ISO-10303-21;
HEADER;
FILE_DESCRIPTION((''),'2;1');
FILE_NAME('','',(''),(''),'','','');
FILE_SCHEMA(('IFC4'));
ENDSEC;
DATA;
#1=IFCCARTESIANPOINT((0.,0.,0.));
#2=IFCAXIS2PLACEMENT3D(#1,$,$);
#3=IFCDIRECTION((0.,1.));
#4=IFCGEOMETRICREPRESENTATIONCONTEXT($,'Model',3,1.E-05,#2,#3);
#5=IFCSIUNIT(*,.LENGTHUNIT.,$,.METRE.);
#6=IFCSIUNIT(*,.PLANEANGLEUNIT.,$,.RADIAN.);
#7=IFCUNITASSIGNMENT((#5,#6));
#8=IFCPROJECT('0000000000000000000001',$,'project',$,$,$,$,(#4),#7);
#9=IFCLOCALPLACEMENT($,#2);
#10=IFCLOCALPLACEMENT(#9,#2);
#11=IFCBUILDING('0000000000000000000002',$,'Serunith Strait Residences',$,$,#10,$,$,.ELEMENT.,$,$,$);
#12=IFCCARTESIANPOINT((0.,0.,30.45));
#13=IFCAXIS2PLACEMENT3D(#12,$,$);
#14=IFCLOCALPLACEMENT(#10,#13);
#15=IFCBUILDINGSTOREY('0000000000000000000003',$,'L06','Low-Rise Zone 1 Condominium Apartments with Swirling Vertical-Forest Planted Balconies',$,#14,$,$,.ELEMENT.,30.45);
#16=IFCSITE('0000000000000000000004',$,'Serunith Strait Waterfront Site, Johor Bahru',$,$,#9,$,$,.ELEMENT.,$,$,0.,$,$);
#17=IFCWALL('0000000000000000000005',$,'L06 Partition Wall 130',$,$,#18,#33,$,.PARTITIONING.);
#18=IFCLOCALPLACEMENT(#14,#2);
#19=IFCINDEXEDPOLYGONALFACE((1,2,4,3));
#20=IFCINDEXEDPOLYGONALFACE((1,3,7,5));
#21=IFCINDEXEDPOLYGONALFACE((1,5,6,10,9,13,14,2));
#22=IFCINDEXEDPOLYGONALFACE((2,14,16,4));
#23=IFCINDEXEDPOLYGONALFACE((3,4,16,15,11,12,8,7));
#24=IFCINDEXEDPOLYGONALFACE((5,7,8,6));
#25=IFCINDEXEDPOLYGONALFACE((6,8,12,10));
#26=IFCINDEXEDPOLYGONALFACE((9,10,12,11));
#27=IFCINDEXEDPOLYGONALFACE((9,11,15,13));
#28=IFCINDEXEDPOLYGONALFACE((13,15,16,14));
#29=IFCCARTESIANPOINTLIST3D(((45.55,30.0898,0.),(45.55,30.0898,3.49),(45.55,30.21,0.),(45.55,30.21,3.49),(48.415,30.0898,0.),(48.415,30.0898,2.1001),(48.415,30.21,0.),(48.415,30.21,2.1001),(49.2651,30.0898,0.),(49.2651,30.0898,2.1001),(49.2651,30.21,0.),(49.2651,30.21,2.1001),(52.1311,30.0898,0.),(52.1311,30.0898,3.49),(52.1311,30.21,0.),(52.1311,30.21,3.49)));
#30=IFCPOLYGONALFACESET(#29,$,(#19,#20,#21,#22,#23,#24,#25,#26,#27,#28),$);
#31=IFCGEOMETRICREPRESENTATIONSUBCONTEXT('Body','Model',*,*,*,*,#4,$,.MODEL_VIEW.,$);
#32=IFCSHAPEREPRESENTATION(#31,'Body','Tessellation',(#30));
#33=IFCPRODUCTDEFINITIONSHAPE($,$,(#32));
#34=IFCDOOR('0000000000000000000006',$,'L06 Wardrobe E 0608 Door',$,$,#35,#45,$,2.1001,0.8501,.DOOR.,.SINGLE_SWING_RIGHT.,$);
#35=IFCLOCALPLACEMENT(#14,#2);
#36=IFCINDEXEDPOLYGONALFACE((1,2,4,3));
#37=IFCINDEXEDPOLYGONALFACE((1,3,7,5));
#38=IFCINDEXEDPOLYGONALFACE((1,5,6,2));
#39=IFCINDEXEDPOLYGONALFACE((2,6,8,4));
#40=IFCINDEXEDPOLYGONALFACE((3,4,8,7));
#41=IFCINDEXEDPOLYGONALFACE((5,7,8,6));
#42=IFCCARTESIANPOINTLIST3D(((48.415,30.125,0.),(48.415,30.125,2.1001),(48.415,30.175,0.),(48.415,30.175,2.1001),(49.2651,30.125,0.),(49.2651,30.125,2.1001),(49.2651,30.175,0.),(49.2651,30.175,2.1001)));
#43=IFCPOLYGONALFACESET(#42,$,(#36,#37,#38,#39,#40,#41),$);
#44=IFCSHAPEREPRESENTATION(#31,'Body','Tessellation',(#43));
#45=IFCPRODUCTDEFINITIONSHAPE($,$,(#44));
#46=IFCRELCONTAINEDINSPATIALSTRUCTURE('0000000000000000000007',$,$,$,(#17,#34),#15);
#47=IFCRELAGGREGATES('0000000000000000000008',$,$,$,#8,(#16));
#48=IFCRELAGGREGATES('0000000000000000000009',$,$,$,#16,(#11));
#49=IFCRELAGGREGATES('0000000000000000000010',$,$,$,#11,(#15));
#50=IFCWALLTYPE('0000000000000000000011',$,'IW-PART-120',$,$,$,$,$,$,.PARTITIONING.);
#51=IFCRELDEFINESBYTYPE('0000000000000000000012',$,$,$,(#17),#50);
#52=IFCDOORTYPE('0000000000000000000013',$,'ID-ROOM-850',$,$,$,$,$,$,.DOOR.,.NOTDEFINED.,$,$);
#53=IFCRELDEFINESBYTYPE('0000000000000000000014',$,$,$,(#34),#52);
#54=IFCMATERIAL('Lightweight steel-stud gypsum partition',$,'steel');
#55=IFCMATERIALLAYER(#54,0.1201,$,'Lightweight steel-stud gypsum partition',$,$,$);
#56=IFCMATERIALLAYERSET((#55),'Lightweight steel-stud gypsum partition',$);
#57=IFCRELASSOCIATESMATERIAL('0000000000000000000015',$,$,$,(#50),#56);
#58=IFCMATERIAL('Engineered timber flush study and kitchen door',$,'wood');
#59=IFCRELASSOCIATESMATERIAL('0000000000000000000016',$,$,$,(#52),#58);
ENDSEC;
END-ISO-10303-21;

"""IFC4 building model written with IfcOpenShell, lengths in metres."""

from ifc_helpers import new_model, si_unit, direction, frame, frame_2d, origin, place, context, subcontext, project, spatial, rectangle, extrude, source, transform, mapped, material, layer, layer_set, type_object, element, fill, save


model = new_model("IFC4")

# Units and contexts
model_context = context("Model", 3, precision=1e-05, world=origin(), true_north=direction((0.0, 1.0)))
body_context = subcontext(model_context, "Body", "Model", "MODEL_VIEW")
ifc_project = project(units=[si_unit("LENGTHUNIT", "METRE"), si_unit("PLANEANGLEUNIT", "RADIAN")], contexts=[model_context])

# Site, building, storey
site_placement = place(None, origin())
site = spatial("IfcSite", under=ifc_project, at=site_placement, Name="Serunith Strait Waterfront Site, Johor Bahru", CompositionType="ELEMENT", RefElevation=0.0)
building_placement = place(site_placement, origin())
building = spatial("IfcBuilding", under=site, at=building_placement, Name="Serunith Strait Residences", CompositionType="ELEMENT")
storey_placement = place(building_placement, frame((0.0, 0.0, 30.45)))
storey = spatial("IfcBuildingStorey", under=building, at=storey_placement, Name="L06", Description="Low-Rise Zone 1 Condominium Apartments with Swirling Vertical-Forest Planted Balconies", CompositionType="ELEMENT", Elevation=30.45)

# Shared definitions
ifc_material_1 = material(Name="Lightweight steel-stud gypsum partition", Category="steel")
ifc_layer = layer(ifc_material_1, 0.1201, Name="Lightweight steel-stud gypsum partition")
ifc_layer_set = layer_set([ifc_layer], Name="Lightweight steel-stud gypsum partition")
wall_type = type_object("IfcWallType", Name="IW-PART-120", PredefinedType="PARTITIONING", material=ifc_layer_set)
shared_shape_1 = source(origin(), body_context, "Body", "SweptSolid", [
    extrude(rectangle(XDim=0.8501, YDim=2.1001, at=frame_2d((0.425, 1.05))), frame((0.0, 0.0249, 0.0), z_axis=(0.0, -1.0, 0.0), x_axis=(1.0, 0.0, 0.0)), (0.0, 0.0, 1.0), 0.05),
])
ifc_material_2 = material(Name="Engineered timber flush study and kitchen door", Category="wood")
door_type_1 = type_object("IfcDoorType", Name="ID-ROOM-850", OperationType="NOTDEFINED", PredefinedType="DOOR", material=ifc_material_2)

# Wall, opening, door
wall_1_placement = place(storey_placement, frame((52.1311, 30.1499, 0.0), z_axis=(0.0, 0.0, 1.0), x_axis=(-1.0, 0.0, 0.0)))
wall_1 = element("IfcWall", 1, at=wall_1_placement, inside=storey, type_object=wall_type, Name="L06 Partition Wall 130", PredefinedType="PARTITIONING", context=body_context, shape_type="SweptSolid", body=[
    extrude(rectangle(XDim=6.5811, YDim=0.1201, at=frame_2d((3.2905, 0.0))), origin(), (0.0, 0.0, 1.0), 3.49),
])
opening_1_placement = place(wall_1_placement, frame((2.866, 0.0, 0.0)))
opening_1 = element("IfcOpeningElement", 2, at=opening_1_placement, cuts=wall_1, PredefinedType="OPENING", context=body_context, shape_type="SweptSolid", body=[
    extrude(rectangle(XDim=0.8501, YDim=2.1001, at=frame_2d((0.425, 1.05))), frame((0.0, 0.0701, 0.0), z_axis=(0.0, -1.0, 0.0), x_axis=(1.0, 0.0, 0.0)), (0.0, 0.0, 1.0), 0.1401),
])
door_1_placement = place(opening_1_placement, origin())
door_1 = element("IfcDoor", 3, at=door_1_placement, inside=storey, type_object=door_type_1, Name="L06 Wardrobe E 0608 Door", OperationType="SINGLE_SWING_RIGHT", OverallHeight=2.1001, OverallWidth=0.8501, PredefinedType="DOOR", context=body_context, shape_type="MappedRepresentation", body=[
    mapped(shared_shape_1, transform((0.0, 0.0, 0.0), scale=1.0)),
])
fill(opening_1, door_1)

save(model, "model.ifc")
